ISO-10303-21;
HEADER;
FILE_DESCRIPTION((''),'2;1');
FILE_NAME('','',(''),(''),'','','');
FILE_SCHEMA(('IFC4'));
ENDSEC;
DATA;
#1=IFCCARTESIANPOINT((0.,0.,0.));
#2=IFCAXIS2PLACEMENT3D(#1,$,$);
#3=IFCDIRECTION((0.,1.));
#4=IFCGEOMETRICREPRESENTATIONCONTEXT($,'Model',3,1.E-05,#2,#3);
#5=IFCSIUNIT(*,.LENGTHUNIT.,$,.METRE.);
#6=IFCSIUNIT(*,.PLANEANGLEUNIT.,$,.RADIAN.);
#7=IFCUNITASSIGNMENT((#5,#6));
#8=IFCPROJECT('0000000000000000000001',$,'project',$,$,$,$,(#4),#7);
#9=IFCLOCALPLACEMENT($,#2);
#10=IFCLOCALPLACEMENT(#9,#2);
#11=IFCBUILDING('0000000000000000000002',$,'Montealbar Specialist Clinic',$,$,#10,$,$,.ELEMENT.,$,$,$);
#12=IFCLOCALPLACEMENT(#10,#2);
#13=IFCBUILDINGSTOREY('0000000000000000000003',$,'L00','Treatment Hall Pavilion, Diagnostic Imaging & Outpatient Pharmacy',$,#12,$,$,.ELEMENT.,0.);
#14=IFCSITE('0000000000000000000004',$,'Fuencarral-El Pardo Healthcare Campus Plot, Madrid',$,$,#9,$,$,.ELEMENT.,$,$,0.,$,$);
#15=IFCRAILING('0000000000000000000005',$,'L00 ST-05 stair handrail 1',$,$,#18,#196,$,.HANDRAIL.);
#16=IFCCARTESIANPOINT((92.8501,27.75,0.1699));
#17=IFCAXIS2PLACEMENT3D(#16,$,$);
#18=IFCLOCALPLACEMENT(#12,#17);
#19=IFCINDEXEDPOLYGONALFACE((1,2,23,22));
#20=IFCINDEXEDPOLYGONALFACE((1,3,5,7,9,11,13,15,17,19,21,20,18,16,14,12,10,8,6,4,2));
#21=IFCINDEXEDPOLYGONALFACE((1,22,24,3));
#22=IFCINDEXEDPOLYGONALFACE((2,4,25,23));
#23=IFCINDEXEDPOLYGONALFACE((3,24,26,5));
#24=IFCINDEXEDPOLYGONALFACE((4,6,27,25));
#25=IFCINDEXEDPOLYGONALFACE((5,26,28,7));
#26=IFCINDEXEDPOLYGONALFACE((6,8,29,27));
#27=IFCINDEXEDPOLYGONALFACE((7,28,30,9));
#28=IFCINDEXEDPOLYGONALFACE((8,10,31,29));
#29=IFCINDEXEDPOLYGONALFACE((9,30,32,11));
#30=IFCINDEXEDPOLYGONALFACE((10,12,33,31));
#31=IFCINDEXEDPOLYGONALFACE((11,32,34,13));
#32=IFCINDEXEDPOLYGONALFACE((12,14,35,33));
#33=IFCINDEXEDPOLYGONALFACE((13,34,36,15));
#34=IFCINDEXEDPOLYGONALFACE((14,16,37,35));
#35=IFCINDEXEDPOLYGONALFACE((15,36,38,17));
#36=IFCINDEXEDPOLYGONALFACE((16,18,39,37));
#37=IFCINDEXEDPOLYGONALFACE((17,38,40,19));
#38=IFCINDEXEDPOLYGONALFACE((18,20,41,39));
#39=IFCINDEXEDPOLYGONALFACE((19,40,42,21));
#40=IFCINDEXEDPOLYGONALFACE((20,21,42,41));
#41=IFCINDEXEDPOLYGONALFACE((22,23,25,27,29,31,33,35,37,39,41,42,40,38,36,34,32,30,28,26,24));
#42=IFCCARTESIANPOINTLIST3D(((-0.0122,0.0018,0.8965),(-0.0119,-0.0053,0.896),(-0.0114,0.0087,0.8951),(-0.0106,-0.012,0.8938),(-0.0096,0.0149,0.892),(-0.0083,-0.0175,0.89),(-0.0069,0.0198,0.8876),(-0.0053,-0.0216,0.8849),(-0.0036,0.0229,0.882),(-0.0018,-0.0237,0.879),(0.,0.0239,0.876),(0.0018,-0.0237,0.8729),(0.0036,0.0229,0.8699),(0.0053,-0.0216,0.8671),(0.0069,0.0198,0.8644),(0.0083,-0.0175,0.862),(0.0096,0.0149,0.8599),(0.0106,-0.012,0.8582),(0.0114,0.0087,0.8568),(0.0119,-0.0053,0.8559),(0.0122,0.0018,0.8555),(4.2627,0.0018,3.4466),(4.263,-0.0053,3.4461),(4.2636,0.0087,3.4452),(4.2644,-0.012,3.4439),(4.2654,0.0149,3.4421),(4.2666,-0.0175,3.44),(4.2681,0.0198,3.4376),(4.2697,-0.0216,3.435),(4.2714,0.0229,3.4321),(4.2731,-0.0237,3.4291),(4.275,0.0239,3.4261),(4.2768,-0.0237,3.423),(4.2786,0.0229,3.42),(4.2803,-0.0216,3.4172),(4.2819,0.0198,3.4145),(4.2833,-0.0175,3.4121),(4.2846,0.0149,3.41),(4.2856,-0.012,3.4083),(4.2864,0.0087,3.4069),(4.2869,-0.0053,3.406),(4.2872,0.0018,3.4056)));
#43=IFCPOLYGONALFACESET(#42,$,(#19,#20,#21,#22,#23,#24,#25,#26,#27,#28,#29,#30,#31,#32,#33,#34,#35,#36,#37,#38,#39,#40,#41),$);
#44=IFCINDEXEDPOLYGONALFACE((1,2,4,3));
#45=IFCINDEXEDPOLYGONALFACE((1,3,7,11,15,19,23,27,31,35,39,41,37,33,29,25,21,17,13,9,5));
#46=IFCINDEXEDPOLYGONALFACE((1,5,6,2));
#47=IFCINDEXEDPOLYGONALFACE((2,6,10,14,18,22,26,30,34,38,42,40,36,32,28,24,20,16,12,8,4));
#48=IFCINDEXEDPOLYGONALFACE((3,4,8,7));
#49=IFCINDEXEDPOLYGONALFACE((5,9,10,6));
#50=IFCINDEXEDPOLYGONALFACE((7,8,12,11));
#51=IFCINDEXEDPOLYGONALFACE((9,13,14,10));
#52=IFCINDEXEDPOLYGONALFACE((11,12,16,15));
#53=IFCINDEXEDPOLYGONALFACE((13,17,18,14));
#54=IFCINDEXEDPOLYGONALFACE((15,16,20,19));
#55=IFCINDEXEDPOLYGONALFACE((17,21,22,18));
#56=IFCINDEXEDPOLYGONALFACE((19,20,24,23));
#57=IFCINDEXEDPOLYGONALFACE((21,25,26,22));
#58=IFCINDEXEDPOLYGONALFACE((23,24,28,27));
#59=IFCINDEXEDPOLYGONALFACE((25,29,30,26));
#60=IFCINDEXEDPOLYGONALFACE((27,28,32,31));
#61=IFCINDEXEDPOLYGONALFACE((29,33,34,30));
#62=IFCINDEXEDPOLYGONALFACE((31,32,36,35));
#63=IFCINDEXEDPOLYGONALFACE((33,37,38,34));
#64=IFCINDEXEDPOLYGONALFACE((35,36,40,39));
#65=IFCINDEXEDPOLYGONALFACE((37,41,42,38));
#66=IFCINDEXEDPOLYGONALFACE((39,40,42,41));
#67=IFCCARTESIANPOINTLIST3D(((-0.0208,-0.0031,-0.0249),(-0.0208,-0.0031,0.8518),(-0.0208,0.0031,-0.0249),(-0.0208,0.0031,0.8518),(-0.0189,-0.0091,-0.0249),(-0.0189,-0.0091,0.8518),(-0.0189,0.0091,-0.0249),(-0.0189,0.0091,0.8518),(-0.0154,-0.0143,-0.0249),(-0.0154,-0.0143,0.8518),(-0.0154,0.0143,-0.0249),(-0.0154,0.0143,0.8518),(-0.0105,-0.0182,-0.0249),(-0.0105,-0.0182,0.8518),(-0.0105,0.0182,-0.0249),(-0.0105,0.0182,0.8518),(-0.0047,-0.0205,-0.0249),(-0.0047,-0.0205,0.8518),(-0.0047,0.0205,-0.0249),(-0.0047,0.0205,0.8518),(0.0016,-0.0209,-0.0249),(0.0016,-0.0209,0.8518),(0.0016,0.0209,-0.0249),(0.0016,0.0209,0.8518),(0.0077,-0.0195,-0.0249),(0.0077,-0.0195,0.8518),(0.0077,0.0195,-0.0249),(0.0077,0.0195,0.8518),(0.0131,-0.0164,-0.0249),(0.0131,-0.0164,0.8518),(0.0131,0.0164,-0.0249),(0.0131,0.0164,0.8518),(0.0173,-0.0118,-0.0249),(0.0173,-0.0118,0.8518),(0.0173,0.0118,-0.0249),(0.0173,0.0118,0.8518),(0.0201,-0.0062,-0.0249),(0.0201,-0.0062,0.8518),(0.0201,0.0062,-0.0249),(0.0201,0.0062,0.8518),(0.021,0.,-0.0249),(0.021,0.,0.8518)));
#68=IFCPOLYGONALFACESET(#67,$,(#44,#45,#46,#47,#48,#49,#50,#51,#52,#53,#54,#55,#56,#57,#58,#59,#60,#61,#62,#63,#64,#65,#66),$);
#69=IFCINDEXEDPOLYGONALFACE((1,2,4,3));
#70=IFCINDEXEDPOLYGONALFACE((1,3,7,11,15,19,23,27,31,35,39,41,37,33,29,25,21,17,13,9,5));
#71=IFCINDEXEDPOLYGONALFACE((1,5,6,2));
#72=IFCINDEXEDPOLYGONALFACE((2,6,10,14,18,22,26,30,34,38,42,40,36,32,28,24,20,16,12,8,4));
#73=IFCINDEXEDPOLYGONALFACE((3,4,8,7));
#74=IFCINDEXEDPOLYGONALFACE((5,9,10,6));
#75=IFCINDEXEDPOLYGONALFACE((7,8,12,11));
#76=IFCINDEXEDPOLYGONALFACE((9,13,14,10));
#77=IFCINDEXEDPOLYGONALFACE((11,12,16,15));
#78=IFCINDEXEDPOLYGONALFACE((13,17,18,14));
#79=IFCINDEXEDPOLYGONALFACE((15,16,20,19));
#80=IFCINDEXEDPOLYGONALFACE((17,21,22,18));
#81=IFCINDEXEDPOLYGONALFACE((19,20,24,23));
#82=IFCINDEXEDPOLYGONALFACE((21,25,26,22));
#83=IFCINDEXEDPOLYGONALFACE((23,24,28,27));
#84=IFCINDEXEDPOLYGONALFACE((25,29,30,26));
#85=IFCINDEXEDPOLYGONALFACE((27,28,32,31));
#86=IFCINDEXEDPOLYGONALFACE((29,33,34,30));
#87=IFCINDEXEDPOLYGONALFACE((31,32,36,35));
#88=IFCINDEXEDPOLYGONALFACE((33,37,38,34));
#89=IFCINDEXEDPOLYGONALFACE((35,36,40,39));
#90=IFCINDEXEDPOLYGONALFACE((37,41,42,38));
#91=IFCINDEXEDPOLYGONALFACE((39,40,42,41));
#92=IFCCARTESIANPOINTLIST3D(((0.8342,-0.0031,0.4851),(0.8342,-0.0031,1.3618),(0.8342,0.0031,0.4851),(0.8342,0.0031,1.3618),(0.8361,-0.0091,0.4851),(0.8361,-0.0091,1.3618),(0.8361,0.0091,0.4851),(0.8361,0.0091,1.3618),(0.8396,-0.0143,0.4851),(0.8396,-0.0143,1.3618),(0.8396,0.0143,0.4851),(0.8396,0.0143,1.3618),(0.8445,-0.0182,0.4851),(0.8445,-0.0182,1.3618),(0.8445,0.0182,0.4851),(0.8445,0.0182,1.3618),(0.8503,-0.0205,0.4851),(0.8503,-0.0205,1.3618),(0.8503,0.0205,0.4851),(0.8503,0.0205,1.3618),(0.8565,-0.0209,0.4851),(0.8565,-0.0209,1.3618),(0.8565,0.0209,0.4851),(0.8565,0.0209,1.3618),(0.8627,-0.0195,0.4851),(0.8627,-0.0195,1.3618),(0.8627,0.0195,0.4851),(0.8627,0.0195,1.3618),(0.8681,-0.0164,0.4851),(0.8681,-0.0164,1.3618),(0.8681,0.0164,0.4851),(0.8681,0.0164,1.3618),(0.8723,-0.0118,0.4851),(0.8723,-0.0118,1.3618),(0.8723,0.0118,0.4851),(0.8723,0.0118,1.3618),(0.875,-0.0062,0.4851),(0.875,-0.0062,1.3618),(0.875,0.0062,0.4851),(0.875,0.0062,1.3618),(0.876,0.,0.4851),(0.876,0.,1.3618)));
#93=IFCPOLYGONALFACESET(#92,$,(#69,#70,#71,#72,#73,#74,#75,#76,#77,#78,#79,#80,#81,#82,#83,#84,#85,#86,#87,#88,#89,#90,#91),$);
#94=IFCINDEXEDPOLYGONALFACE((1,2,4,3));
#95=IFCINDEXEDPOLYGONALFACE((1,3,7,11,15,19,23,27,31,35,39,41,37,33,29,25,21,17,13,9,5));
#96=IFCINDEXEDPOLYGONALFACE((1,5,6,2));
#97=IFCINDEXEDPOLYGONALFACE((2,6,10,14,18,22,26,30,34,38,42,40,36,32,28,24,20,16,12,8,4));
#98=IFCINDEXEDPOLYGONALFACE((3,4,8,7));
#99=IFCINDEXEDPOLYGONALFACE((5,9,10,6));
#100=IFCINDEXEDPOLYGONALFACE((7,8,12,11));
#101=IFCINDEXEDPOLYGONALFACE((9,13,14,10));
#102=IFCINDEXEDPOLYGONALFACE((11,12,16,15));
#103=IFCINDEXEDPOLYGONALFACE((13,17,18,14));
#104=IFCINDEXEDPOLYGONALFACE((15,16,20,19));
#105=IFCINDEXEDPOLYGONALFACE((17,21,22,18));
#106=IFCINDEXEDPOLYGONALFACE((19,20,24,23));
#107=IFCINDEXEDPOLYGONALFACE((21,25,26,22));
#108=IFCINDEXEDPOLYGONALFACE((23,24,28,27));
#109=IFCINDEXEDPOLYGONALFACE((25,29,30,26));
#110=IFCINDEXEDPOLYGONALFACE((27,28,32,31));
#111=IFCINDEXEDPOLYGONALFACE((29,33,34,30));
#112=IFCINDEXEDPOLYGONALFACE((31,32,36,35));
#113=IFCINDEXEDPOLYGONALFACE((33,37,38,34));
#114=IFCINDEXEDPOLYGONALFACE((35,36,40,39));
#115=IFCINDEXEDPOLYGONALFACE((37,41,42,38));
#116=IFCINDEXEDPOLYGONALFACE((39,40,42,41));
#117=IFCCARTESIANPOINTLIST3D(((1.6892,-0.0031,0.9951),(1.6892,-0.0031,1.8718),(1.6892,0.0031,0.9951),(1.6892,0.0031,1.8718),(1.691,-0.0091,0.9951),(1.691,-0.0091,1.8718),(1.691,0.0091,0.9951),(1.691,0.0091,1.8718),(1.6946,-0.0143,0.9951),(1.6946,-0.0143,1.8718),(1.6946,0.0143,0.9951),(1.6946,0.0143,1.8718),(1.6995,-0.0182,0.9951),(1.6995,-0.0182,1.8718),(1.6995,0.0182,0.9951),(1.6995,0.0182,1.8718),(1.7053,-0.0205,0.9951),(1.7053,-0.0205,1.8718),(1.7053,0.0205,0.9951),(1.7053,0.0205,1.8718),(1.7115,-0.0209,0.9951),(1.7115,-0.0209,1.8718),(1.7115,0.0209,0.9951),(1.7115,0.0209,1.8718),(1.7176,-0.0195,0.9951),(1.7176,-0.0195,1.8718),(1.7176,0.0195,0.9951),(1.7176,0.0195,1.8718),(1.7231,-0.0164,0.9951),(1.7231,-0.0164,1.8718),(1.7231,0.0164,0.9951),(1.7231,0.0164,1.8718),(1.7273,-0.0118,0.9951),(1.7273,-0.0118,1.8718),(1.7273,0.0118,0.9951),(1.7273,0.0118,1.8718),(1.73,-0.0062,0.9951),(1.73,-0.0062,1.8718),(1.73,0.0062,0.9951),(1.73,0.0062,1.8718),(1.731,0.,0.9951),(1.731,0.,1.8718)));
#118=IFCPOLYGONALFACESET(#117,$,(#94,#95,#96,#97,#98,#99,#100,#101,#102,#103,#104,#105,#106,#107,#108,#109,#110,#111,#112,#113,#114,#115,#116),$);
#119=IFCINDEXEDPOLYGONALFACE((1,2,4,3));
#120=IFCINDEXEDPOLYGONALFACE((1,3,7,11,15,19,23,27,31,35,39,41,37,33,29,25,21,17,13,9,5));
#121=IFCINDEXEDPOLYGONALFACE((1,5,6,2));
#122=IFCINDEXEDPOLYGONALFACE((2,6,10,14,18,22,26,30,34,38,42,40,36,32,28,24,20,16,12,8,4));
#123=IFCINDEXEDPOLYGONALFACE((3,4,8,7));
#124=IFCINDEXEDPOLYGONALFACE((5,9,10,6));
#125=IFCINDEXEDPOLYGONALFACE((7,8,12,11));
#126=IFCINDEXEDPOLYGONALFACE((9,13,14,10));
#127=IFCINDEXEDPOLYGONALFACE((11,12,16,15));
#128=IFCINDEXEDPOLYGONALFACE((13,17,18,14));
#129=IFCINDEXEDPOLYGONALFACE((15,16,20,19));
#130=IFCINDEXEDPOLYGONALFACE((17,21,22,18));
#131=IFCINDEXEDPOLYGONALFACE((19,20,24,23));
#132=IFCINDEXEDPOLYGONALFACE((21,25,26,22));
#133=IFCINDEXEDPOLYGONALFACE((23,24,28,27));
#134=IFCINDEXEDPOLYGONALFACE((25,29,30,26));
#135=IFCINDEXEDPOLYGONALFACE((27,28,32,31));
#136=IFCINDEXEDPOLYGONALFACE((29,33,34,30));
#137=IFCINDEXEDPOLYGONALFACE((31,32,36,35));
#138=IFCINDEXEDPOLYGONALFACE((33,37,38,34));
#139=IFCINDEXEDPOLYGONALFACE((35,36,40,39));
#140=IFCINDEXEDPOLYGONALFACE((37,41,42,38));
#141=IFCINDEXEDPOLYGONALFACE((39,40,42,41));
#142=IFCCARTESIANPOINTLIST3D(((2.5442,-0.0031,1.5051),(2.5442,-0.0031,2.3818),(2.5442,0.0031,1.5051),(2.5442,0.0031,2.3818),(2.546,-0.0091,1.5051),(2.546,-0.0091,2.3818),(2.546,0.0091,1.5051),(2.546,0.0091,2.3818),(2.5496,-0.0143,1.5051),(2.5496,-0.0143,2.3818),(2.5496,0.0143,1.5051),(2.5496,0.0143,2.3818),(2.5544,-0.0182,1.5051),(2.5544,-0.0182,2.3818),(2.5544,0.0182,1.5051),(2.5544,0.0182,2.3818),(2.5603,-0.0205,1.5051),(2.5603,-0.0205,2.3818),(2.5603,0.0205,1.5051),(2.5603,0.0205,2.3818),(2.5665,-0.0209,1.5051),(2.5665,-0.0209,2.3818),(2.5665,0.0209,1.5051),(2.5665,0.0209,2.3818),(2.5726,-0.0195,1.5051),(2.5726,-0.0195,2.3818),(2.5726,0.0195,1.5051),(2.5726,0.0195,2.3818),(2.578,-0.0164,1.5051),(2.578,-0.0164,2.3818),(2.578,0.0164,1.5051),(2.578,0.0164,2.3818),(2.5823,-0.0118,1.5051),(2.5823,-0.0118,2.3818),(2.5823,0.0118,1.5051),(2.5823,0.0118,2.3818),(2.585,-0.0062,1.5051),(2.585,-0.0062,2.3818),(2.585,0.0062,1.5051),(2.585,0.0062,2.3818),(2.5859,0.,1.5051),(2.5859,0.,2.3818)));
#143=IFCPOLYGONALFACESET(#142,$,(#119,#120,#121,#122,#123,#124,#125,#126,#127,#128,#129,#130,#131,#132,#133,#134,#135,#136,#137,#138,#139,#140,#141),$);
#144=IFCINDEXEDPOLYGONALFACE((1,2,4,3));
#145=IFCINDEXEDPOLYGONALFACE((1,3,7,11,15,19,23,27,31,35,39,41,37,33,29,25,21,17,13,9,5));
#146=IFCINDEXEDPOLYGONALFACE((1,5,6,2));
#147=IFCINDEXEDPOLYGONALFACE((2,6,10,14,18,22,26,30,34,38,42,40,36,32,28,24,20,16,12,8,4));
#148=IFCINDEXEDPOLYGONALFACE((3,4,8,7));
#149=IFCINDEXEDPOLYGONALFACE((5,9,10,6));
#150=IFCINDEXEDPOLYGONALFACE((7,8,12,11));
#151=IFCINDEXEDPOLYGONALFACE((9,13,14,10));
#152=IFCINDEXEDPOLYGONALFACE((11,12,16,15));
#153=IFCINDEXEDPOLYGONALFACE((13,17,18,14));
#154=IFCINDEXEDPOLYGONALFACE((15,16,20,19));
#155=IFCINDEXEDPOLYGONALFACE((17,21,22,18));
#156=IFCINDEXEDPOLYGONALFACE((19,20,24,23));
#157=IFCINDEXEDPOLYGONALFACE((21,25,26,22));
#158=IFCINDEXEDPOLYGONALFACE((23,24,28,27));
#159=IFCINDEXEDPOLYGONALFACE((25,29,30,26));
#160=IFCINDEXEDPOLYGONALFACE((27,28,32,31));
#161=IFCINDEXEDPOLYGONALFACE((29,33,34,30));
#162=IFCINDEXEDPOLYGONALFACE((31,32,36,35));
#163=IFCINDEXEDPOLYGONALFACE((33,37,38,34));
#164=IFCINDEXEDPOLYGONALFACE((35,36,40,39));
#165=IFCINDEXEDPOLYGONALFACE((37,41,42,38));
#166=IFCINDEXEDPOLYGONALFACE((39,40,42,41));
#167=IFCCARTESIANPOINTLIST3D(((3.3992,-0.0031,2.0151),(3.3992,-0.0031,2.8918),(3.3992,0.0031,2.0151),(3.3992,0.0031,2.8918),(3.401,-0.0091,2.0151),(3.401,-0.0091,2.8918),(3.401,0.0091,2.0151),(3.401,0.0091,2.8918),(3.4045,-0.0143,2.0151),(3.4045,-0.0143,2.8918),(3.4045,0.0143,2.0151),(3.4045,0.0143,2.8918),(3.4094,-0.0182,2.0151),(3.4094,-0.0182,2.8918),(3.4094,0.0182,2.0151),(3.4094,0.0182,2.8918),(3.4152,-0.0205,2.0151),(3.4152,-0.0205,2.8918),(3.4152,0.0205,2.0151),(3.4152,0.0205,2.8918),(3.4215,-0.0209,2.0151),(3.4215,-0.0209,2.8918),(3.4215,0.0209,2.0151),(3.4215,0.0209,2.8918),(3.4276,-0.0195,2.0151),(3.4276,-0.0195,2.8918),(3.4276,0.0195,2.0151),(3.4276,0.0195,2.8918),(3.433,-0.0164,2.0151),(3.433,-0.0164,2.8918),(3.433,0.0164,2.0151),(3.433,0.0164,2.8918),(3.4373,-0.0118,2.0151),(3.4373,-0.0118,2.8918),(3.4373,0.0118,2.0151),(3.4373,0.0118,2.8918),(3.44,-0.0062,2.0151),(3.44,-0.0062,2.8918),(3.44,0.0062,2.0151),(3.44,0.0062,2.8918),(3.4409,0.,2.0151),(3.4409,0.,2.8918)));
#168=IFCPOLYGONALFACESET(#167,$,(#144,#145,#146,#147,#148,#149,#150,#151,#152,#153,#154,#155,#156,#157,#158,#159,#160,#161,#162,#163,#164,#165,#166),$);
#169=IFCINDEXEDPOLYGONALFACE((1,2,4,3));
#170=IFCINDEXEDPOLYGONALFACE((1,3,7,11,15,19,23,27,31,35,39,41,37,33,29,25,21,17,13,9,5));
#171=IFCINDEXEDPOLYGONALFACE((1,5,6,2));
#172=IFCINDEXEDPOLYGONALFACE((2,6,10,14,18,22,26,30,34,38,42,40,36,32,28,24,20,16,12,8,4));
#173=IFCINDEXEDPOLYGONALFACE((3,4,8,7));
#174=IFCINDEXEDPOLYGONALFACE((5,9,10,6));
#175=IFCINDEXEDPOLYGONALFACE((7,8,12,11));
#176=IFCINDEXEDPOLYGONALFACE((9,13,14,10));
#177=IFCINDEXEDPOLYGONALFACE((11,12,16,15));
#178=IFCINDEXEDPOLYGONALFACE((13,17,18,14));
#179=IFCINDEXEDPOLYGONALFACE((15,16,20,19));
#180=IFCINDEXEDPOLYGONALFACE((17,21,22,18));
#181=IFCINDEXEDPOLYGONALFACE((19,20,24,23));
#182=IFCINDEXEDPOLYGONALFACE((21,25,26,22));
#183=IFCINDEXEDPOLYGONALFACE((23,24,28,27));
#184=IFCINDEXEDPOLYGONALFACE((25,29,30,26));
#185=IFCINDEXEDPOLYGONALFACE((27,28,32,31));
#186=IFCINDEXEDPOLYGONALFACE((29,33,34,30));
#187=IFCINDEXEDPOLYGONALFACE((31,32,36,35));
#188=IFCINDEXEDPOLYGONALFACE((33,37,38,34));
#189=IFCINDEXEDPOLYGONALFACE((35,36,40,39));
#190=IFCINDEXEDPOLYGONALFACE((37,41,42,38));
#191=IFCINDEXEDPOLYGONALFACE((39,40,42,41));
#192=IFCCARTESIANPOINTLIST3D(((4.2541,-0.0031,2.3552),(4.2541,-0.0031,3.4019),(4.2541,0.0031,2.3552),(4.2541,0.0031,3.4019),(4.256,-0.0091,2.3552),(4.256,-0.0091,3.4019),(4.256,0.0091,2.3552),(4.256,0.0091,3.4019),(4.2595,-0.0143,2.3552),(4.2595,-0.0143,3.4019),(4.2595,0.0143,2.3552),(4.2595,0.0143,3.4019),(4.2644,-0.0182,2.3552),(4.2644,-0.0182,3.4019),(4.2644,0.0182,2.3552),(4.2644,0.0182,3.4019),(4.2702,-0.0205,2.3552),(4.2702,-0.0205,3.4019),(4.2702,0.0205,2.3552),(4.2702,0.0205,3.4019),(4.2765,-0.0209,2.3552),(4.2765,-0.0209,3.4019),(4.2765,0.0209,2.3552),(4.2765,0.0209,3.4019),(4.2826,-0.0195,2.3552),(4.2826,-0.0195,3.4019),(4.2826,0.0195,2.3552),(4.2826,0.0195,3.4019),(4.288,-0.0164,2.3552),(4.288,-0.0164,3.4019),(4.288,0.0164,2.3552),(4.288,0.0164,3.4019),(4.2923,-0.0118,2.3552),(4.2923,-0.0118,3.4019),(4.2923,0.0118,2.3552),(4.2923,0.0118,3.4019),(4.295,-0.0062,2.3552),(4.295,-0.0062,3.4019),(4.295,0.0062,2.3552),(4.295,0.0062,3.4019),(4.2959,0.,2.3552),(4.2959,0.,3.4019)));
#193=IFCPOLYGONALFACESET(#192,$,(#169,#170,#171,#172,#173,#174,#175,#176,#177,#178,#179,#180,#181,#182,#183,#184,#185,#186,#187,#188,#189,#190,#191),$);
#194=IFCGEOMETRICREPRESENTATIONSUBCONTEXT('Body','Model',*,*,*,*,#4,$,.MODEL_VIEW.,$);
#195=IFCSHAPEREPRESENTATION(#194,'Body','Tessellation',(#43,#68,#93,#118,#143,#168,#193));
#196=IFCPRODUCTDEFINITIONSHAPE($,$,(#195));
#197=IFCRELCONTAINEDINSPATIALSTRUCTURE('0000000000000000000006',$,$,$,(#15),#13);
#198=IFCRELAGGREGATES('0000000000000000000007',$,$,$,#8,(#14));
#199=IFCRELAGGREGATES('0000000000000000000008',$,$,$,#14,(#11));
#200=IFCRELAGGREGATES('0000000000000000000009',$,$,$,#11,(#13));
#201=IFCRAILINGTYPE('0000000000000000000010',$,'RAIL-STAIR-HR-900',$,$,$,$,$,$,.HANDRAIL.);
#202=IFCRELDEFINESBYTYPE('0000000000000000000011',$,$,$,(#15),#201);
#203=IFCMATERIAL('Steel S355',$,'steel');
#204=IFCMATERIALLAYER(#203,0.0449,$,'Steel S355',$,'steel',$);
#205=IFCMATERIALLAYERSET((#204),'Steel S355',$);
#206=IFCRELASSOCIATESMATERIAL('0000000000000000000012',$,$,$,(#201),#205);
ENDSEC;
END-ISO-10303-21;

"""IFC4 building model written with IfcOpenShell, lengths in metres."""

from ifc_helpers import new_model, si_unit, direction, frame, origin, origin_2d, place, context, subcontext, project, spatial, circle, extrude, material, layer, layer_set, type_object, element, save


model = new_model("IFC4")

# Units and contexts
model_context = context("Model", 3, precision=1e-05, world=origin(), true_north=direction((0.0, 1.0)))
body_context = subcontext(model_context, "Body", "Model", "MODEL_VIEW")
ifc_project = project(units=[si_unit("LENGTHUNIT", "METRE"), si_unit("PLANEANGLEUNIT", "RADIAN")], contexts=[model_context])

# Site, building, storey
site_placement = place(None, origin())
site = spatial("IfcSite", under=ifc_project, at=site_placement, Name="Fuencarral-El Pardo Healthcare Campus Plot, Madrid", CompositionType="ELEMENT", RefElevation=0.0)
building_placement = place(site_placement, origin())
building = spatial("IfcBuilding", under=site, at=building_placement, Name="Montealbar Specialist Clinic", CompositionType="ELEMENT")
storey_placement = place(building_placement, origin())
storey = spatial("IfcBuildingStorey", under=building, at=storey_placement, Name="L00", Description="Treatment Hall Pavilion, Diagnostic Imaging & Outpatient Pharmacy", CompositionType="ELEMENT", Elevation=0.0)

# Shared definitions
ifc_material_1 = material(Name="Steel S355", Category="steel")

# Railing
ifc_layer_1 = layer(ifc_material_1, 0.0449, Name="Steel S355", Category="steel")
ifc_layer_set_1 = layer_set([ifc_layer_1], Name="Steel S355")
railing_type_1 = type_object("IfcRailingType", Name="RAIL-STAIR-HR-900", PredefinedType="HANDRAIL", material=ifc_layer_set_1)
railing_1_placement = place(storey_placement, frame((92.8501, 27.75, 0.1699)))
element("IfcRailing", 1, at=railing_1_placement, inside=storey, type_object=railing_type_1, Name="L00 ST-05 stair handrail 1", PredefinedType="HANDRAIL", context=body_context, shape_type="SweptSolid", body=[
    extrude(circle(Radius=0.0239, at=origin_2d()), frame((0.0, 0.0, 0.876), z_axis=(0.85881, 0.0, 0.512294), x_axis=(0.0, 1.0, 0.0)), (0.0, 0.0, 1.0), 4.9778),
    extrude(circle(Radius=0.021, at=origin_2d()), frame((0.0, 0.0, -0.0249)), (0.0, 0.0, 1.0), 0.8767),
    extrude(circle(Radius=0.021, at=origin_2d()), frame((0.855, 0.0, 0.4851)), (0.0, 0.0, 1.0), 0.8767),
    extrude(circle(Radius=0.021, at=origin_2d()), frame((1.71, 0.0, 0.9951)), (0.0, 0.0, 1.0), 0.8767),
    extrude(circle(Radius=0.021, at=origin_2d()), frame((2.5649, 0.0, 1.5051)), (0.0, 0.0, 1.0), 0.8767),
    extrude(circle(Radius=0.021, at=origin_2d()), frame((3.4199, 0.0, 2.0151)), (0.0, 0.0, 1.0), 0.8767),
    extrude(circle(Radius=0.021, at=origin_2d()), frame((4.2749, 0.0, 2.3552)), (0.0, 0.0, 1.0), 1.0466),
])

save(model, "model.ifc")
